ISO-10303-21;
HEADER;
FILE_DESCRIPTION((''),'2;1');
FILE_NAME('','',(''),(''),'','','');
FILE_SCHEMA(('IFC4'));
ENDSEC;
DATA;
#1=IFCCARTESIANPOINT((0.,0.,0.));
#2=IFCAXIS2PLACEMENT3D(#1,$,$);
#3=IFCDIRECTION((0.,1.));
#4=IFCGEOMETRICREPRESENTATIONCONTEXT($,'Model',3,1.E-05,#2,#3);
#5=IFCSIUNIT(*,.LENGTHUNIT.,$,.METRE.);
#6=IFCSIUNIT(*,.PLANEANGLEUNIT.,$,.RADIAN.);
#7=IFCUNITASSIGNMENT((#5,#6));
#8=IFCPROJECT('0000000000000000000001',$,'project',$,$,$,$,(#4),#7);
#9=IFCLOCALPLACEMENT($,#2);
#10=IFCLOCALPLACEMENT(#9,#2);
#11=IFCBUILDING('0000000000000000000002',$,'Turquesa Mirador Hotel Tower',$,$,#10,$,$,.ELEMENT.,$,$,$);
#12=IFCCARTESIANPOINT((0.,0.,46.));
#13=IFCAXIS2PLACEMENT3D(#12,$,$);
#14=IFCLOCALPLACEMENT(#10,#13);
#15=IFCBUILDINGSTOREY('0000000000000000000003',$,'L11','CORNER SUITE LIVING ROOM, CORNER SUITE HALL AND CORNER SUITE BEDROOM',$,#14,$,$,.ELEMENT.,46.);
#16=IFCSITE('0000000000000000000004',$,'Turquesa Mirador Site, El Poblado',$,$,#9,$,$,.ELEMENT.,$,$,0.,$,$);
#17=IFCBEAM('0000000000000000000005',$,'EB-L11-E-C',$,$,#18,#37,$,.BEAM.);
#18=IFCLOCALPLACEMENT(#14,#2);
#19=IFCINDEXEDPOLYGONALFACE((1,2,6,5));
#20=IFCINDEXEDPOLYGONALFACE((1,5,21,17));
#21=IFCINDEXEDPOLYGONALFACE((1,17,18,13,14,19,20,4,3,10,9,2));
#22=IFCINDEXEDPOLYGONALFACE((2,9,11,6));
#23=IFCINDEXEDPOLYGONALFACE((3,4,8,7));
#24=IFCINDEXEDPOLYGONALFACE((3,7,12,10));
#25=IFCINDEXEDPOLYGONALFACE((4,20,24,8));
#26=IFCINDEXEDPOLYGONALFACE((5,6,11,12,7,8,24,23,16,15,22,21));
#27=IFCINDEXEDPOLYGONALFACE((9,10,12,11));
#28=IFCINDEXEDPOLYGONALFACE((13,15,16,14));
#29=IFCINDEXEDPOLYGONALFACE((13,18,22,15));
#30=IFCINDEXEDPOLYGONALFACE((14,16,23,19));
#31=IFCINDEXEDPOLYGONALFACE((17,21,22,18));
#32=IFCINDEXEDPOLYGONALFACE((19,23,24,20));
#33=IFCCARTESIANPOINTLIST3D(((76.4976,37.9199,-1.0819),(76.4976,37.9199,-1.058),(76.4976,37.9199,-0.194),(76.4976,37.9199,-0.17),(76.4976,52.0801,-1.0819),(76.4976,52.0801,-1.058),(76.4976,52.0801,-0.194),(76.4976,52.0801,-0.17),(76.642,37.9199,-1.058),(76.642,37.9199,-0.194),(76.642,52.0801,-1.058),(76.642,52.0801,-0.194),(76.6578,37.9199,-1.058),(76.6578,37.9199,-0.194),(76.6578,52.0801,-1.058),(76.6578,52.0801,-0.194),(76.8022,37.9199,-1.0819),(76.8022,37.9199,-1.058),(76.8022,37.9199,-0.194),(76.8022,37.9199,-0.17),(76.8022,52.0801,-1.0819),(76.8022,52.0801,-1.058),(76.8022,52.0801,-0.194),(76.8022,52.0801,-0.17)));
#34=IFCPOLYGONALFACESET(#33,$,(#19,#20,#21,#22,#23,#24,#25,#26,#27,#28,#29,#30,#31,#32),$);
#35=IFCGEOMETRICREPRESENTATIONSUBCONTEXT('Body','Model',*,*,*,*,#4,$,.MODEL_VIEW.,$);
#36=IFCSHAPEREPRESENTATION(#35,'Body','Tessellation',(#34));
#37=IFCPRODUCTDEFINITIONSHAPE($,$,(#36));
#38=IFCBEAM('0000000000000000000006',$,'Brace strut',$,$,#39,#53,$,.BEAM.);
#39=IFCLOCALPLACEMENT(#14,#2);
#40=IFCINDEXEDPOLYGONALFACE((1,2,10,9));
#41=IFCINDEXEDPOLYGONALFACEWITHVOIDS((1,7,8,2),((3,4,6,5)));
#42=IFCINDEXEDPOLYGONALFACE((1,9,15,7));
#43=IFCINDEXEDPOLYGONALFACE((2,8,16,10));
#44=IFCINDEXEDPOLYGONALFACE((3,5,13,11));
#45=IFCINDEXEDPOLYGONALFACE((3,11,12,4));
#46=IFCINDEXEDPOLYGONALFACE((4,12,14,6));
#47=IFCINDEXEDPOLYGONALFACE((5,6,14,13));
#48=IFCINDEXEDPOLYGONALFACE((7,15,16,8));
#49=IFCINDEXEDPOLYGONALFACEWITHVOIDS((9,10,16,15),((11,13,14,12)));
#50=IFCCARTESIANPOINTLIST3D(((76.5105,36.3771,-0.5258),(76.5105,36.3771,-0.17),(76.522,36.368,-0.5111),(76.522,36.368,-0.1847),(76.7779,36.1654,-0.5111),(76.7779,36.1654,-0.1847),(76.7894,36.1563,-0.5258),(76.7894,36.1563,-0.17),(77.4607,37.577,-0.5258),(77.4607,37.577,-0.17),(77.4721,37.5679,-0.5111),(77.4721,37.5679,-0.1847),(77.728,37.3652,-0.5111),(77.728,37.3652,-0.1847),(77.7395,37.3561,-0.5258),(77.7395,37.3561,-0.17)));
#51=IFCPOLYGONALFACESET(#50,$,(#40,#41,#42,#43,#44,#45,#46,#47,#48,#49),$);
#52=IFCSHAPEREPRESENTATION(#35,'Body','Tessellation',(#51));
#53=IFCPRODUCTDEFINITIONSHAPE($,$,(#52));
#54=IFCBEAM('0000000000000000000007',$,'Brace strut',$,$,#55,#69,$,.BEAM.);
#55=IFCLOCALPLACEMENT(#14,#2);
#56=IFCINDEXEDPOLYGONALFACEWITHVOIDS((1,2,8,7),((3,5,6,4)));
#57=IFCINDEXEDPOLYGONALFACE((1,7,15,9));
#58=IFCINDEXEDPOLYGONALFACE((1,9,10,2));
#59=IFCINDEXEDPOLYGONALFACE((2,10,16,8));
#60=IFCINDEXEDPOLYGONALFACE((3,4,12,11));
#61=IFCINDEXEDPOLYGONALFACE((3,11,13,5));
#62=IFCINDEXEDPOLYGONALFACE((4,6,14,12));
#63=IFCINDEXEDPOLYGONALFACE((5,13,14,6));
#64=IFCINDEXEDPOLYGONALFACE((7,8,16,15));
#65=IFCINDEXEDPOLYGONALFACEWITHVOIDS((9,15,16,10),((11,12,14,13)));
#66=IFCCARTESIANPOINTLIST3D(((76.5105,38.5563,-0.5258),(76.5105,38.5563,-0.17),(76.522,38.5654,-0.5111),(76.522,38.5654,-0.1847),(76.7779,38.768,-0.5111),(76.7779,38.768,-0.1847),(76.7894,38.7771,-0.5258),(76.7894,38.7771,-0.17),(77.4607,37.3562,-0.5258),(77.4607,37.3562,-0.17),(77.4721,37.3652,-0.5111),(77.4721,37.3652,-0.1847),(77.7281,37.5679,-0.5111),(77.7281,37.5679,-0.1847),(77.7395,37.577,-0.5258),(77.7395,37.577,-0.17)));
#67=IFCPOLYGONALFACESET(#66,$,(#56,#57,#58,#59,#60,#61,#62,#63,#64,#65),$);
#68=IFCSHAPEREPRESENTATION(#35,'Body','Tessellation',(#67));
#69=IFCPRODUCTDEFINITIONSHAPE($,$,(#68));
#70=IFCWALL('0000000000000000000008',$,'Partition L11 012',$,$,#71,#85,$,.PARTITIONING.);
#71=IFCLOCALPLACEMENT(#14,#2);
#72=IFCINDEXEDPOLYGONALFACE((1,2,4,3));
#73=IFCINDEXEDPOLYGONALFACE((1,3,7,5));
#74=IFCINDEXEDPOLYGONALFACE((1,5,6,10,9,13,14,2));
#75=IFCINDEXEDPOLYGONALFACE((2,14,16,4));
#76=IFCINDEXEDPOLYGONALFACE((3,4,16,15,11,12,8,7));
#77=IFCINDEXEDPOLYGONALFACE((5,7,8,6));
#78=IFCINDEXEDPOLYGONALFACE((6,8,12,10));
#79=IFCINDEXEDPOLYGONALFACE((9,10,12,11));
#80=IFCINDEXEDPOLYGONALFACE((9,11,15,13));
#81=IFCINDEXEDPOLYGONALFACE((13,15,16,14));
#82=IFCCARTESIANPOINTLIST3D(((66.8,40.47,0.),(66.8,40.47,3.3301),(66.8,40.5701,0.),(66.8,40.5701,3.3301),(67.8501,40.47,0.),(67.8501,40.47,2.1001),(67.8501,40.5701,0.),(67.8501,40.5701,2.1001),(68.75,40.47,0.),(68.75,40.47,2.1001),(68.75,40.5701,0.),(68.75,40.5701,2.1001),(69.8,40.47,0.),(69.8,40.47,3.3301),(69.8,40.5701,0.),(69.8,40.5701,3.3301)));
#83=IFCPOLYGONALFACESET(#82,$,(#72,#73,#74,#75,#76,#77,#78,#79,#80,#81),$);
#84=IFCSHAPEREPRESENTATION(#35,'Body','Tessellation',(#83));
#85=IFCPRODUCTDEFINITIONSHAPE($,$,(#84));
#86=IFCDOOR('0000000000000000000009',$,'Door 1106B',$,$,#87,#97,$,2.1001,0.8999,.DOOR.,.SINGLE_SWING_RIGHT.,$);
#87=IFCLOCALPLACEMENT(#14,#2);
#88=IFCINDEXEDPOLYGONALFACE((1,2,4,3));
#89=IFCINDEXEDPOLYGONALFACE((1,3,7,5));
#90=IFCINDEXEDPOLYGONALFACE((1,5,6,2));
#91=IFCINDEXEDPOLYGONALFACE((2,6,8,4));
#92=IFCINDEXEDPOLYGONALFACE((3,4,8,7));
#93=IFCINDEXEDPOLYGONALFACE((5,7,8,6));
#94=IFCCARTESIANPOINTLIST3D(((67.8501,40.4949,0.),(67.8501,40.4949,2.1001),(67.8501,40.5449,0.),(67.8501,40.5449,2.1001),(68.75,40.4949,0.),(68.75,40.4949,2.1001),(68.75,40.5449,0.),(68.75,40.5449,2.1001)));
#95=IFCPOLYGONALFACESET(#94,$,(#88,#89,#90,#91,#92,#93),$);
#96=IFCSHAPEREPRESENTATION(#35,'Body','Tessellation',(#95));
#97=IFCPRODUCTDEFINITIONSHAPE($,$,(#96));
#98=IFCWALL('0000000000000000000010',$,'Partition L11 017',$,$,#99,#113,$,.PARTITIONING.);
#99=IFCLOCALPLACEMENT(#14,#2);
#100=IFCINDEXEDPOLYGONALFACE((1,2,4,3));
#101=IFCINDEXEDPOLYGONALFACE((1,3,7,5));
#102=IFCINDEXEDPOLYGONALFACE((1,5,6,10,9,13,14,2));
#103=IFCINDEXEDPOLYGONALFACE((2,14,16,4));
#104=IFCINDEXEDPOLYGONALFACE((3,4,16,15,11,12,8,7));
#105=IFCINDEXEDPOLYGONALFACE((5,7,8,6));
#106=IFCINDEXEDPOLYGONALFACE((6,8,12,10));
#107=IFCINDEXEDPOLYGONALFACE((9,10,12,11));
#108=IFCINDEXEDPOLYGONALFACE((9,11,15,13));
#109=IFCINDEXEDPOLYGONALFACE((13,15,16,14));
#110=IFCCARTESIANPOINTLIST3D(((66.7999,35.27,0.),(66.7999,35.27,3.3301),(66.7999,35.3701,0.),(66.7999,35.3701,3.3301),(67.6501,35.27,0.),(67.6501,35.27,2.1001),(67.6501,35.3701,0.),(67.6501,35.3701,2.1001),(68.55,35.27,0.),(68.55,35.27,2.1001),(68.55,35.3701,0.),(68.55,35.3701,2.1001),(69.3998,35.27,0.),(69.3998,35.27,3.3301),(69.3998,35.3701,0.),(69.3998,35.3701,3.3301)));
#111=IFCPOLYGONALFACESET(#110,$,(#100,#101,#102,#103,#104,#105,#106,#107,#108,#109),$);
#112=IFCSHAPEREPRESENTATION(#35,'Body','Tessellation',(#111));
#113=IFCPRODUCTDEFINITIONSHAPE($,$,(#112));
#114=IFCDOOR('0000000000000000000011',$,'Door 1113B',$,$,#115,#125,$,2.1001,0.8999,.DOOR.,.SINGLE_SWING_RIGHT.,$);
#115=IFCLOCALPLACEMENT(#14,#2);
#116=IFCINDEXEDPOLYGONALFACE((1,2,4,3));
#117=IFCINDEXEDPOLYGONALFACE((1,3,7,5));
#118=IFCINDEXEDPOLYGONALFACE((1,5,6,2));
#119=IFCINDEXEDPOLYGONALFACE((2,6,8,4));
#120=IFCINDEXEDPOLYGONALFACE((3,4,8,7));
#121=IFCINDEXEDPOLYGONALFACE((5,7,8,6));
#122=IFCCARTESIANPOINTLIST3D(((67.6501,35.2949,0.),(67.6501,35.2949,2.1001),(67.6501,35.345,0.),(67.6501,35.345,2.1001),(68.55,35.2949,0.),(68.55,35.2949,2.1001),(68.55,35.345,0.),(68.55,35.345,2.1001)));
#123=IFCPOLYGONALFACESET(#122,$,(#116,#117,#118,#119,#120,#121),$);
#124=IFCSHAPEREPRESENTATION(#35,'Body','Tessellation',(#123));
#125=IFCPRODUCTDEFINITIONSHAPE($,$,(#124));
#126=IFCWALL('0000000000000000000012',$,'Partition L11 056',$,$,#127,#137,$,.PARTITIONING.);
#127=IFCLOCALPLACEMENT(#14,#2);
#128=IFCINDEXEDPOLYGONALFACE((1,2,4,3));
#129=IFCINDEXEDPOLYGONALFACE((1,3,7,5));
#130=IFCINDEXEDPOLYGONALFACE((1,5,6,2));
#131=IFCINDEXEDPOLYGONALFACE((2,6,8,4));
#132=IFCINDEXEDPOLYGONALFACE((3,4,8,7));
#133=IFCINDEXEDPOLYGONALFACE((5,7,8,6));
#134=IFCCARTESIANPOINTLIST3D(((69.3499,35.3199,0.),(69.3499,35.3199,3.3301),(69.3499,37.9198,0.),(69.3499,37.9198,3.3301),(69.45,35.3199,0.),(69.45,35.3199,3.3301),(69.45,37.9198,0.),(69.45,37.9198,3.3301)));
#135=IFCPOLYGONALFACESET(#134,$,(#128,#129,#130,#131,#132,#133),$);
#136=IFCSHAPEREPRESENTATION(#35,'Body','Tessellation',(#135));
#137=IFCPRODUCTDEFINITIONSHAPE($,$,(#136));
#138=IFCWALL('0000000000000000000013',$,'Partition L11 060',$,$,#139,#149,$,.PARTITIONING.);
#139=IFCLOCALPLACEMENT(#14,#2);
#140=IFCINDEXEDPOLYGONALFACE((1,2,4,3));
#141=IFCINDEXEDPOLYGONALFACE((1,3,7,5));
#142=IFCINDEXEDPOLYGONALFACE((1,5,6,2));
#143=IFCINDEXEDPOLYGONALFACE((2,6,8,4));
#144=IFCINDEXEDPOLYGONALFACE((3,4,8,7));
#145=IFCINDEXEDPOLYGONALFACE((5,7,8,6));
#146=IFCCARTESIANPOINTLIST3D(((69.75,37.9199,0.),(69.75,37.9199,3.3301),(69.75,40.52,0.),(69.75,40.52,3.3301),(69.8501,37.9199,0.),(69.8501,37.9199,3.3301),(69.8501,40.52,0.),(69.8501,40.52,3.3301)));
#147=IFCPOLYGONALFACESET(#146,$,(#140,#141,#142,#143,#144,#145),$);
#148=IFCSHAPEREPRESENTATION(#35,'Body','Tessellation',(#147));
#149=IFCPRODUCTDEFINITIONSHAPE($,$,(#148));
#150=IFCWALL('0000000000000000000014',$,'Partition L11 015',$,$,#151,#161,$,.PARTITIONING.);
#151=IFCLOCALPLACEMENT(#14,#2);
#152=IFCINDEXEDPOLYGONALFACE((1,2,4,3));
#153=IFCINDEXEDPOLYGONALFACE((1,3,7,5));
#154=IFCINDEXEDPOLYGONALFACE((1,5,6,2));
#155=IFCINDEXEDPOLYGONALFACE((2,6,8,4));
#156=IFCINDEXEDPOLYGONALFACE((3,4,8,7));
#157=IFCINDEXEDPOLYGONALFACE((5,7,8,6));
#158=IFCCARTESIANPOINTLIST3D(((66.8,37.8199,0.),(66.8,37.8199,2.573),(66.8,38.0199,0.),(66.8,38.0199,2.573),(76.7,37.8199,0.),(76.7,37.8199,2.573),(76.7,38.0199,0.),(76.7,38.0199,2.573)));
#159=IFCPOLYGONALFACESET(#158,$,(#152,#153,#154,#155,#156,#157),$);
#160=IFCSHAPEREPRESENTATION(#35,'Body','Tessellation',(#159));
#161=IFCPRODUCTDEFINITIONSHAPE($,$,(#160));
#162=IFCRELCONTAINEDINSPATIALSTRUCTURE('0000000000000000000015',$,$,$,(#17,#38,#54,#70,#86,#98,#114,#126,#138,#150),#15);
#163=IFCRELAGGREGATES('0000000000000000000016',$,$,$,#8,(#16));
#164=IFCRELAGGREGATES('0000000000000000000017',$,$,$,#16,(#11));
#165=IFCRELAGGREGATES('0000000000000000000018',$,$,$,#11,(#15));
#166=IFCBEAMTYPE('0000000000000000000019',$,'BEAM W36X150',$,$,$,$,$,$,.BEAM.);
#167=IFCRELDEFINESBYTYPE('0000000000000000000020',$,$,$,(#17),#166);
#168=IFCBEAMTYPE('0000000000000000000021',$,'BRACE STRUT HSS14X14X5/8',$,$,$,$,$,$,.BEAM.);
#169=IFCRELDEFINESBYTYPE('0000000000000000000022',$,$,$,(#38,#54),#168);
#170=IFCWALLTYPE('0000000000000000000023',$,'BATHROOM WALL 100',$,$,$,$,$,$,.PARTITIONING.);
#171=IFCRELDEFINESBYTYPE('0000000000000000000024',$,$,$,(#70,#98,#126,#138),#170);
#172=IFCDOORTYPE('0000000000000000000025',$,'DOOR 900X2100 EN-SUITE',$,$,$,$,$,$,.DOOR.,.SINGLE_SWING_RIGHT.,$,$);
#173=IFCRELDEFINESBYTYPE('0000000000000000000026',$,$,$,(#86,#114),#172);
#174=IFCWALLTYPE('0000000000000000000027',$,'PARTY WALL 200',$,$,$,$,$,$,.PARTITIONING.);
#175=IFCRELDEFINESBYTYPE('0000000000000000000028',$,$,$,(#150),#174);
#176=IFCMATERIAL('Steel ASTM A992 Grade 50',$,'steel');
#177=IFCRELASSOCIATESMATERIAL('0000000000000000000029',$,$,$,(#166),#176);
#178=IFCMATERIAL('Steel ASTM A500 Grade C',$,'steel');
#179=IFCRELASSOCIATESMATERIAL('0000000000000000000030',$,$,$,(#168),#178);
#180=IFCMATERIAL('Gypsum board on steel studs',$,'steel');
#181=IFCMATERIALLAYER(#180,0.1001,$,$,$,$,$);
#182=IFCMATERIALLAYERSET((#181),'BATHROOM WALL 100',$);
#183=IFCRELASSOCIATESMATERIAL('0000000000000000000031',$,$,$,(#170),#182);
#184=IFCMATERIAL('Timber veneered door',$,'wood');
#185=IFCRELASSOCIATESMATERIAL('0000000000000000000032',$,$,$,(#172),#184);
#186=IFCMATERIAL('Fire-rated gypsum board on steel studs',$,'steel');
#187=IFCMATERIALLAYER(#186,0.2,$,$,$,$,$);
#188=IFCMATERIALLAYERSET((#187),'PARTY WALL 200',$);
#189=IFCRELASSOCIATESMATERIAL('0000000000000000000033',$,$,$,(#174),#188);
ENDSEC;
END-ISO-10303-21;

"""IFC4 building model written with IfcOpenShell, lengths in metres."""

from ifc_helpers import new_model, si_unit, direction, frame, frame_2d, origin, origin_2d, place, context, subcontext, project, spatial, rectangle, hollow_rectangle, i_section, extrude, material, layer, layer_set, material_profile, profile_set, type_object, element, fill, save


model = new_model("IFC4")

# Units and contexts
model_context = context("Model", 3, precision=1e-05, world=origin(), true_north=direction((0.0, 1.0)))
body_context = subcontext(model_context, "Body", "Model", "MODEL_VIEW")
ifc_project = project(units=[si_unit("LENGTHUNIT", "METRE"), si_unit("PLANEANGLEUNIT", "RADIAN")], contexts=[model_context])

# Site, building, storey
site_placement = place(None, origin())
site = spatial("IfcSite", under=ifc_project, at=site_placement, Name="Turquesa Mirador Site, El Poblado", CompositionType="ELEMENT", RefElevation=0.0)
building_placement = place(site_placement, origin())
building = spatial("IfcBuilding", under=site, at=building_placement, Name="Turquesa Mirador Hotel Tower", CompositionType="ELEMENT")
storey_placement = place(building_placement, frame((0.0, 0.0, 46.0)))
storey = spatial("IfcBuildingStorey", under=building, at=storey_placement, Name="L11", Description="CORNER SUITE LIVING ROOM, CORNER SUITE HALL AND CORNER SUITE BEDROOM", CompositionType="ELEMENT", Elevation=46.0)

# Beams
ifc_material_1 = material(Name="Steel ASTM A992 Grade 50", Category="steel")
ifc_material_profile_1 = material_profile(ifc_material_1, i_section(OverallWidth=0.3047, OverallDepth=0.9119, WebThickness=0.0159, FlangeThickness=0.0239, at=origin_2d()), Name="W36X150")
ifc_profile_set_1 = profile_set([ifc_material_profile_1], Name="Steel ASTM A992 Grade 50")
beam_type_1 = type_object("IfcBeamType", Name="BEAM W36X150", PredefinedType="BEAM", material=ifc_profile_set_1)
beam_1_placement = place(storey_placement, frame((76.6499, 37.9199, -0.626), z_axis=(0.0, 1.0, 0.0), x_axis=(-1.0, 0.0, 0.0)))
element("IfcBeam", 1, at=beam_1_placement, inside=storey, type_object=beam_type_1, Name="EB-L11-E-C", PredefinedType="BEAM", context=body_context, shape_type="SweptSolid", body=[
    extrude(i_section(OverallWidth=0.3047, OverallDepth=0.9119, WebThickness=0.0159, FlangeThickness=0.0239, at=origin_2d()), origin(), (0.0, 0.0, 1.0), 14.1602),
])
ifc_material_2 = material(Name="Steel ASTM A500 Grade C", Category="steel")
ifc_material_profile_2 = material_profile(ifc_material_2, hollow_rectangle(XDim=0.3557, YDim=0.3557, WallThickness=0.0146, at=origin_2d()), Name="HSS14X14X5/8")
ifc_profile_set_2 = profile_set([ifc_material_profile_2], Name="Steel ASTM A500 Grade C")
beam_type_2 = type_object("IfcBeamType", Name="BRACE STRUT HSS14X14X5/8", PredefinedType="BEAM", material=ifc_profile_set_2)
beam_2_placement = place(storey_placement, frame((77.6001, 37.4666, -0.3479), z_axis=(-0.620797, -0.783971, 0.0), x_axis=(0.783971, -0.620797, 0.0)))
element("IfcBeam", 2, at=beam_2_placement, inside=storey, type_object=beam_type_2, Name="Brace strut", PredefinedType="BEAM", context=body_context, shape_type="SweptSolid", body=[
    extrude(hollow_rectangle(XDim=0.3557, YDim=0.3557, WallThickness=0.0146, at=origin_2d()), origin(), (0.0, 0.0, 1.0), 1.5305),
])
beam_3_placement = place(storey_placement, frame((77.6001, 37.4666, -0.3479), z_axis=(-0.620719, 0.784033, 0.0), x_axis=(-0.784033, -0.620719, 0.0)))
element("IfcBeam", 3, at=beam_3_placement, inside=storey, type_object=beam_type_2, Name="Brace strut", PredefinedType="BEAM", context=body_context, shape_type="SweptSolid", body=[
    extrude(hollow_rectangle(XDim=0.3557, YDim=0.3557, WallThickness=0.0146, at=origin_2d()), origin(), (0.0, 0.0, 1.0), 1.5308),
])

# Walls, openings, doors
ifc_material_3 = material(Name="Gypsum board on steel studs", Category="steel")
ifc_layer_1 = layer(ifc_material_3, 0.1001)
ifc_layer_set_1 = layer_set([ifc_layer_1], Name="BATHROOM WALL 100")
wall_type_1 = type_object("IfcWallType", Name="BATHROOM WALL 100", PredefinedType="PARTITIONING", material=ifc_layer_set_1)
wall_1_placement = place(storey_placement, frame((66.8, 40.52, 0.0), z_axis=(0.0, 0.0, 1.0), x_axis=(1.0, 0.0, 0.0)))
wall_1 = element("IfcWall", 4, at=wall_1_placement, inside=storey, type_object=wall_type_1, Name="Partition L11 012", PredefinedType="PARTITIONING", context=body_context, shape_type="SweptSolid", body=[
    extrude(rectangle(XDim=3.0, YDim=0.1001, at=frame_2d((1.5, 0.0))), origin(), (0.0, 0.0, 1.0), 3.3301),
])
opening_1_placement = place(wall_1_placement, frame((1.05, 0.0, 0.0)))
opening_1 = element("IfcOpeningElement", 5, at=opening_1_placement, cuts=wall_1, PredefinedType="OPENING", context=body_context, shape_type="SweptSolid", body=[
    extrude(rectangle(XDim=0.8999, YDim=2.1001, at=frame_2d((0.45, 1.05))), frame((0.0, 0.0601, 0.0), z_axis=(0.0, -1.0, 0.0), x_axis=(1.0, 0.0, 0.0)), (0.0, 0.0, 1.0), 0.1201),
])
ifc_material_4 = material(Name="Timber veneered door", Category="wood")
door_type = type_object("IfcDoorType", Name="DOOR 900X2100 EN-SUITE", OperationType="SINGLE_SWING_RIGHT", PredefinedType="DOOR", material=ifc_material_4)
door_1_placement = place(opening_1_placement, origin())
door_1 = element("IfcDoor", 6, at=door_1_placement, inside=storey, type_object=door_type, Name="Door 1106B", OperationType="SINGLE_SWING_RIGHT", OverallHeight=2.1001, OverallWidth=0.8999, PredefinedType="DOOR", context=body_context, shape_type="SweptSolid", body=[
    extrude(rectangle(XDim=0.8999, YDim=2.1001, at=frame_2d((0.45, 1.05))), frame((0.0, 0.0249, 0.0), z_axis=(0.0, -1.0, 0.0), x_axis=(1.0, 0.0, 0.0)), (0.0, 0.0, 1.0), 0.05),
])
fill(opening_1, door_1)
wall_2_placement = place(storey_placement, frame((66.8, 35.3201, 0.0), z_axis=(0.0, 0.0, 1.0), x_axis=(1.0, 0.0, 0.0)))
wall_2 = element("IfcWall", 7, at=wall_2_placement, inside=storey, type_object=wall_type_1, Name="Partition L11 017", PredefinedType="PARTITIONING", context=body_context, shape_type="SweptSolid", body=[
    extrude(rectangle(XDim=2.5999, YDim=0.1001, at=frame_2d((1.2998, 0.0))), origin(), (0.0, 0.0, 1.0), 3.3301),
])
opening_2_placement = place(wall_2_placement, frame((0.8501, 0.0, 0.0)))
opening_2 = element("IfcOpeningElement", 8, at=opening_2_placement, cuts=wall_2, PredefinedType="OPENING", context=body_context, shape_type="SweptSolid", body=[
    extrude(rectangle(XDim=0.8999, YDim=2.1001, at=frame_2d((0.45, 1.05))), frame((0.0, 0.0601, 0.0), z_axis=(0.0, -1.0, 0.0), x_axis=(1.0, 0.0, 0.0)), (0.0, 0.0, 1.0), 0.1201),
])
door_2_placement = place(opening_2_placement, origin())
door_2 = element("IfcDoor", 9, at=door_2_placement, inside=storey, type_object=door_type, Name="Door 1113B", OperationType="SINGLE_SWING_RIGHT", OverallHeight=2.1001, OverallWidth=0.8999, PredefinedType="DOOR", context=body_context, shape_type="SweptSolid", body=[
    extrude(rectangle(XDim=0.8999, YDim=2.1001, at=frame_2d((0.45, 1.05))), frame((0.0, 0.0249, 0.0), z_axis=(0.0, -1.0, 0.0), x_axis=(1.0, 0.0, 0.0)), (0.0, 0.0, 1.0), 0.05),
])
fill(opening_2, door_2)

# Walls
wall_3_placement = place(storey_placement, frame((69.3999, 35.3201, 0.0), z_axis=(0.0, 0.0, 1.0), x_axis=(0.0, 1.0, 0.0)))
element("IfcWall", 10, at=wall_3_placement, inside=storey, type_object=wall_type_1, Name="Partition L11 056", PredefinedType="PARTITIONING", context=body_context, shape_type="SweptSolid", body=[
    extrude(rectangle(XDim=2.5999, YDim=0.1001, at=frame_2d((1.2998, 0.0))), origin(), (0.0, 0.0, 1.0), 3.3301),
])
wall_4_placement = place(storey_placement, frame((69.8, 37.9199, 0.0), z_axis=(0.0, 0.0, 1.0), x_axis=(0.0, 1.0, 0.0)))
element("IfcWall", 11, at=wall_4_placement, inside=storey, type_object=wall_type_1, Name="Partition L11 060", PredefinedType="PARTITIONING", context=body_context, shape_type="SweptSolid", body=[
    extrude(rectangle(XDim=2.6001, YDim=0.1001, at=frame_2d((1.3, 0.0))), origin(), (0.0, 0.0, 1.0), 3.3301),
])
ifc_material_5 = material(Name="Fire-rated gypsum board on steel studs", Category="steel")
ifc_layer_2 = layer(ifc_material_5, 0.2)
ifc_layer_set_2 = layer_set([ifc_layer_2], Name="PARTY WALL 200")
wall_type_2 = type_object("IfcWallType", Name="PARTY WALL 200", PredefinedType="PARTITIONING", material=ifc_layer_set_2)
wall_5_placement = place(storey_placement, frame((66.8, 37.9199, 0.0), z_axis=(0.0, 0.0, 1.0), x_axis=(1.0, 0.0, 0.0)))
element("IfcWall", 12, at=wall_5_placement, inside=storey, type_object=wall_type_2, Name="Partition L11 015", PredefinedType="PARTITIONING", context=body_context, shape_type="SweptSolid", body=[
    extrude(rectangle(XDim=9.8999, YDim=0.2, at=frame_2d((4.95, 0.0))), origin(), (0.0, 0.0, 1.0), 2.573),
])

save(model, "model.ifc")
